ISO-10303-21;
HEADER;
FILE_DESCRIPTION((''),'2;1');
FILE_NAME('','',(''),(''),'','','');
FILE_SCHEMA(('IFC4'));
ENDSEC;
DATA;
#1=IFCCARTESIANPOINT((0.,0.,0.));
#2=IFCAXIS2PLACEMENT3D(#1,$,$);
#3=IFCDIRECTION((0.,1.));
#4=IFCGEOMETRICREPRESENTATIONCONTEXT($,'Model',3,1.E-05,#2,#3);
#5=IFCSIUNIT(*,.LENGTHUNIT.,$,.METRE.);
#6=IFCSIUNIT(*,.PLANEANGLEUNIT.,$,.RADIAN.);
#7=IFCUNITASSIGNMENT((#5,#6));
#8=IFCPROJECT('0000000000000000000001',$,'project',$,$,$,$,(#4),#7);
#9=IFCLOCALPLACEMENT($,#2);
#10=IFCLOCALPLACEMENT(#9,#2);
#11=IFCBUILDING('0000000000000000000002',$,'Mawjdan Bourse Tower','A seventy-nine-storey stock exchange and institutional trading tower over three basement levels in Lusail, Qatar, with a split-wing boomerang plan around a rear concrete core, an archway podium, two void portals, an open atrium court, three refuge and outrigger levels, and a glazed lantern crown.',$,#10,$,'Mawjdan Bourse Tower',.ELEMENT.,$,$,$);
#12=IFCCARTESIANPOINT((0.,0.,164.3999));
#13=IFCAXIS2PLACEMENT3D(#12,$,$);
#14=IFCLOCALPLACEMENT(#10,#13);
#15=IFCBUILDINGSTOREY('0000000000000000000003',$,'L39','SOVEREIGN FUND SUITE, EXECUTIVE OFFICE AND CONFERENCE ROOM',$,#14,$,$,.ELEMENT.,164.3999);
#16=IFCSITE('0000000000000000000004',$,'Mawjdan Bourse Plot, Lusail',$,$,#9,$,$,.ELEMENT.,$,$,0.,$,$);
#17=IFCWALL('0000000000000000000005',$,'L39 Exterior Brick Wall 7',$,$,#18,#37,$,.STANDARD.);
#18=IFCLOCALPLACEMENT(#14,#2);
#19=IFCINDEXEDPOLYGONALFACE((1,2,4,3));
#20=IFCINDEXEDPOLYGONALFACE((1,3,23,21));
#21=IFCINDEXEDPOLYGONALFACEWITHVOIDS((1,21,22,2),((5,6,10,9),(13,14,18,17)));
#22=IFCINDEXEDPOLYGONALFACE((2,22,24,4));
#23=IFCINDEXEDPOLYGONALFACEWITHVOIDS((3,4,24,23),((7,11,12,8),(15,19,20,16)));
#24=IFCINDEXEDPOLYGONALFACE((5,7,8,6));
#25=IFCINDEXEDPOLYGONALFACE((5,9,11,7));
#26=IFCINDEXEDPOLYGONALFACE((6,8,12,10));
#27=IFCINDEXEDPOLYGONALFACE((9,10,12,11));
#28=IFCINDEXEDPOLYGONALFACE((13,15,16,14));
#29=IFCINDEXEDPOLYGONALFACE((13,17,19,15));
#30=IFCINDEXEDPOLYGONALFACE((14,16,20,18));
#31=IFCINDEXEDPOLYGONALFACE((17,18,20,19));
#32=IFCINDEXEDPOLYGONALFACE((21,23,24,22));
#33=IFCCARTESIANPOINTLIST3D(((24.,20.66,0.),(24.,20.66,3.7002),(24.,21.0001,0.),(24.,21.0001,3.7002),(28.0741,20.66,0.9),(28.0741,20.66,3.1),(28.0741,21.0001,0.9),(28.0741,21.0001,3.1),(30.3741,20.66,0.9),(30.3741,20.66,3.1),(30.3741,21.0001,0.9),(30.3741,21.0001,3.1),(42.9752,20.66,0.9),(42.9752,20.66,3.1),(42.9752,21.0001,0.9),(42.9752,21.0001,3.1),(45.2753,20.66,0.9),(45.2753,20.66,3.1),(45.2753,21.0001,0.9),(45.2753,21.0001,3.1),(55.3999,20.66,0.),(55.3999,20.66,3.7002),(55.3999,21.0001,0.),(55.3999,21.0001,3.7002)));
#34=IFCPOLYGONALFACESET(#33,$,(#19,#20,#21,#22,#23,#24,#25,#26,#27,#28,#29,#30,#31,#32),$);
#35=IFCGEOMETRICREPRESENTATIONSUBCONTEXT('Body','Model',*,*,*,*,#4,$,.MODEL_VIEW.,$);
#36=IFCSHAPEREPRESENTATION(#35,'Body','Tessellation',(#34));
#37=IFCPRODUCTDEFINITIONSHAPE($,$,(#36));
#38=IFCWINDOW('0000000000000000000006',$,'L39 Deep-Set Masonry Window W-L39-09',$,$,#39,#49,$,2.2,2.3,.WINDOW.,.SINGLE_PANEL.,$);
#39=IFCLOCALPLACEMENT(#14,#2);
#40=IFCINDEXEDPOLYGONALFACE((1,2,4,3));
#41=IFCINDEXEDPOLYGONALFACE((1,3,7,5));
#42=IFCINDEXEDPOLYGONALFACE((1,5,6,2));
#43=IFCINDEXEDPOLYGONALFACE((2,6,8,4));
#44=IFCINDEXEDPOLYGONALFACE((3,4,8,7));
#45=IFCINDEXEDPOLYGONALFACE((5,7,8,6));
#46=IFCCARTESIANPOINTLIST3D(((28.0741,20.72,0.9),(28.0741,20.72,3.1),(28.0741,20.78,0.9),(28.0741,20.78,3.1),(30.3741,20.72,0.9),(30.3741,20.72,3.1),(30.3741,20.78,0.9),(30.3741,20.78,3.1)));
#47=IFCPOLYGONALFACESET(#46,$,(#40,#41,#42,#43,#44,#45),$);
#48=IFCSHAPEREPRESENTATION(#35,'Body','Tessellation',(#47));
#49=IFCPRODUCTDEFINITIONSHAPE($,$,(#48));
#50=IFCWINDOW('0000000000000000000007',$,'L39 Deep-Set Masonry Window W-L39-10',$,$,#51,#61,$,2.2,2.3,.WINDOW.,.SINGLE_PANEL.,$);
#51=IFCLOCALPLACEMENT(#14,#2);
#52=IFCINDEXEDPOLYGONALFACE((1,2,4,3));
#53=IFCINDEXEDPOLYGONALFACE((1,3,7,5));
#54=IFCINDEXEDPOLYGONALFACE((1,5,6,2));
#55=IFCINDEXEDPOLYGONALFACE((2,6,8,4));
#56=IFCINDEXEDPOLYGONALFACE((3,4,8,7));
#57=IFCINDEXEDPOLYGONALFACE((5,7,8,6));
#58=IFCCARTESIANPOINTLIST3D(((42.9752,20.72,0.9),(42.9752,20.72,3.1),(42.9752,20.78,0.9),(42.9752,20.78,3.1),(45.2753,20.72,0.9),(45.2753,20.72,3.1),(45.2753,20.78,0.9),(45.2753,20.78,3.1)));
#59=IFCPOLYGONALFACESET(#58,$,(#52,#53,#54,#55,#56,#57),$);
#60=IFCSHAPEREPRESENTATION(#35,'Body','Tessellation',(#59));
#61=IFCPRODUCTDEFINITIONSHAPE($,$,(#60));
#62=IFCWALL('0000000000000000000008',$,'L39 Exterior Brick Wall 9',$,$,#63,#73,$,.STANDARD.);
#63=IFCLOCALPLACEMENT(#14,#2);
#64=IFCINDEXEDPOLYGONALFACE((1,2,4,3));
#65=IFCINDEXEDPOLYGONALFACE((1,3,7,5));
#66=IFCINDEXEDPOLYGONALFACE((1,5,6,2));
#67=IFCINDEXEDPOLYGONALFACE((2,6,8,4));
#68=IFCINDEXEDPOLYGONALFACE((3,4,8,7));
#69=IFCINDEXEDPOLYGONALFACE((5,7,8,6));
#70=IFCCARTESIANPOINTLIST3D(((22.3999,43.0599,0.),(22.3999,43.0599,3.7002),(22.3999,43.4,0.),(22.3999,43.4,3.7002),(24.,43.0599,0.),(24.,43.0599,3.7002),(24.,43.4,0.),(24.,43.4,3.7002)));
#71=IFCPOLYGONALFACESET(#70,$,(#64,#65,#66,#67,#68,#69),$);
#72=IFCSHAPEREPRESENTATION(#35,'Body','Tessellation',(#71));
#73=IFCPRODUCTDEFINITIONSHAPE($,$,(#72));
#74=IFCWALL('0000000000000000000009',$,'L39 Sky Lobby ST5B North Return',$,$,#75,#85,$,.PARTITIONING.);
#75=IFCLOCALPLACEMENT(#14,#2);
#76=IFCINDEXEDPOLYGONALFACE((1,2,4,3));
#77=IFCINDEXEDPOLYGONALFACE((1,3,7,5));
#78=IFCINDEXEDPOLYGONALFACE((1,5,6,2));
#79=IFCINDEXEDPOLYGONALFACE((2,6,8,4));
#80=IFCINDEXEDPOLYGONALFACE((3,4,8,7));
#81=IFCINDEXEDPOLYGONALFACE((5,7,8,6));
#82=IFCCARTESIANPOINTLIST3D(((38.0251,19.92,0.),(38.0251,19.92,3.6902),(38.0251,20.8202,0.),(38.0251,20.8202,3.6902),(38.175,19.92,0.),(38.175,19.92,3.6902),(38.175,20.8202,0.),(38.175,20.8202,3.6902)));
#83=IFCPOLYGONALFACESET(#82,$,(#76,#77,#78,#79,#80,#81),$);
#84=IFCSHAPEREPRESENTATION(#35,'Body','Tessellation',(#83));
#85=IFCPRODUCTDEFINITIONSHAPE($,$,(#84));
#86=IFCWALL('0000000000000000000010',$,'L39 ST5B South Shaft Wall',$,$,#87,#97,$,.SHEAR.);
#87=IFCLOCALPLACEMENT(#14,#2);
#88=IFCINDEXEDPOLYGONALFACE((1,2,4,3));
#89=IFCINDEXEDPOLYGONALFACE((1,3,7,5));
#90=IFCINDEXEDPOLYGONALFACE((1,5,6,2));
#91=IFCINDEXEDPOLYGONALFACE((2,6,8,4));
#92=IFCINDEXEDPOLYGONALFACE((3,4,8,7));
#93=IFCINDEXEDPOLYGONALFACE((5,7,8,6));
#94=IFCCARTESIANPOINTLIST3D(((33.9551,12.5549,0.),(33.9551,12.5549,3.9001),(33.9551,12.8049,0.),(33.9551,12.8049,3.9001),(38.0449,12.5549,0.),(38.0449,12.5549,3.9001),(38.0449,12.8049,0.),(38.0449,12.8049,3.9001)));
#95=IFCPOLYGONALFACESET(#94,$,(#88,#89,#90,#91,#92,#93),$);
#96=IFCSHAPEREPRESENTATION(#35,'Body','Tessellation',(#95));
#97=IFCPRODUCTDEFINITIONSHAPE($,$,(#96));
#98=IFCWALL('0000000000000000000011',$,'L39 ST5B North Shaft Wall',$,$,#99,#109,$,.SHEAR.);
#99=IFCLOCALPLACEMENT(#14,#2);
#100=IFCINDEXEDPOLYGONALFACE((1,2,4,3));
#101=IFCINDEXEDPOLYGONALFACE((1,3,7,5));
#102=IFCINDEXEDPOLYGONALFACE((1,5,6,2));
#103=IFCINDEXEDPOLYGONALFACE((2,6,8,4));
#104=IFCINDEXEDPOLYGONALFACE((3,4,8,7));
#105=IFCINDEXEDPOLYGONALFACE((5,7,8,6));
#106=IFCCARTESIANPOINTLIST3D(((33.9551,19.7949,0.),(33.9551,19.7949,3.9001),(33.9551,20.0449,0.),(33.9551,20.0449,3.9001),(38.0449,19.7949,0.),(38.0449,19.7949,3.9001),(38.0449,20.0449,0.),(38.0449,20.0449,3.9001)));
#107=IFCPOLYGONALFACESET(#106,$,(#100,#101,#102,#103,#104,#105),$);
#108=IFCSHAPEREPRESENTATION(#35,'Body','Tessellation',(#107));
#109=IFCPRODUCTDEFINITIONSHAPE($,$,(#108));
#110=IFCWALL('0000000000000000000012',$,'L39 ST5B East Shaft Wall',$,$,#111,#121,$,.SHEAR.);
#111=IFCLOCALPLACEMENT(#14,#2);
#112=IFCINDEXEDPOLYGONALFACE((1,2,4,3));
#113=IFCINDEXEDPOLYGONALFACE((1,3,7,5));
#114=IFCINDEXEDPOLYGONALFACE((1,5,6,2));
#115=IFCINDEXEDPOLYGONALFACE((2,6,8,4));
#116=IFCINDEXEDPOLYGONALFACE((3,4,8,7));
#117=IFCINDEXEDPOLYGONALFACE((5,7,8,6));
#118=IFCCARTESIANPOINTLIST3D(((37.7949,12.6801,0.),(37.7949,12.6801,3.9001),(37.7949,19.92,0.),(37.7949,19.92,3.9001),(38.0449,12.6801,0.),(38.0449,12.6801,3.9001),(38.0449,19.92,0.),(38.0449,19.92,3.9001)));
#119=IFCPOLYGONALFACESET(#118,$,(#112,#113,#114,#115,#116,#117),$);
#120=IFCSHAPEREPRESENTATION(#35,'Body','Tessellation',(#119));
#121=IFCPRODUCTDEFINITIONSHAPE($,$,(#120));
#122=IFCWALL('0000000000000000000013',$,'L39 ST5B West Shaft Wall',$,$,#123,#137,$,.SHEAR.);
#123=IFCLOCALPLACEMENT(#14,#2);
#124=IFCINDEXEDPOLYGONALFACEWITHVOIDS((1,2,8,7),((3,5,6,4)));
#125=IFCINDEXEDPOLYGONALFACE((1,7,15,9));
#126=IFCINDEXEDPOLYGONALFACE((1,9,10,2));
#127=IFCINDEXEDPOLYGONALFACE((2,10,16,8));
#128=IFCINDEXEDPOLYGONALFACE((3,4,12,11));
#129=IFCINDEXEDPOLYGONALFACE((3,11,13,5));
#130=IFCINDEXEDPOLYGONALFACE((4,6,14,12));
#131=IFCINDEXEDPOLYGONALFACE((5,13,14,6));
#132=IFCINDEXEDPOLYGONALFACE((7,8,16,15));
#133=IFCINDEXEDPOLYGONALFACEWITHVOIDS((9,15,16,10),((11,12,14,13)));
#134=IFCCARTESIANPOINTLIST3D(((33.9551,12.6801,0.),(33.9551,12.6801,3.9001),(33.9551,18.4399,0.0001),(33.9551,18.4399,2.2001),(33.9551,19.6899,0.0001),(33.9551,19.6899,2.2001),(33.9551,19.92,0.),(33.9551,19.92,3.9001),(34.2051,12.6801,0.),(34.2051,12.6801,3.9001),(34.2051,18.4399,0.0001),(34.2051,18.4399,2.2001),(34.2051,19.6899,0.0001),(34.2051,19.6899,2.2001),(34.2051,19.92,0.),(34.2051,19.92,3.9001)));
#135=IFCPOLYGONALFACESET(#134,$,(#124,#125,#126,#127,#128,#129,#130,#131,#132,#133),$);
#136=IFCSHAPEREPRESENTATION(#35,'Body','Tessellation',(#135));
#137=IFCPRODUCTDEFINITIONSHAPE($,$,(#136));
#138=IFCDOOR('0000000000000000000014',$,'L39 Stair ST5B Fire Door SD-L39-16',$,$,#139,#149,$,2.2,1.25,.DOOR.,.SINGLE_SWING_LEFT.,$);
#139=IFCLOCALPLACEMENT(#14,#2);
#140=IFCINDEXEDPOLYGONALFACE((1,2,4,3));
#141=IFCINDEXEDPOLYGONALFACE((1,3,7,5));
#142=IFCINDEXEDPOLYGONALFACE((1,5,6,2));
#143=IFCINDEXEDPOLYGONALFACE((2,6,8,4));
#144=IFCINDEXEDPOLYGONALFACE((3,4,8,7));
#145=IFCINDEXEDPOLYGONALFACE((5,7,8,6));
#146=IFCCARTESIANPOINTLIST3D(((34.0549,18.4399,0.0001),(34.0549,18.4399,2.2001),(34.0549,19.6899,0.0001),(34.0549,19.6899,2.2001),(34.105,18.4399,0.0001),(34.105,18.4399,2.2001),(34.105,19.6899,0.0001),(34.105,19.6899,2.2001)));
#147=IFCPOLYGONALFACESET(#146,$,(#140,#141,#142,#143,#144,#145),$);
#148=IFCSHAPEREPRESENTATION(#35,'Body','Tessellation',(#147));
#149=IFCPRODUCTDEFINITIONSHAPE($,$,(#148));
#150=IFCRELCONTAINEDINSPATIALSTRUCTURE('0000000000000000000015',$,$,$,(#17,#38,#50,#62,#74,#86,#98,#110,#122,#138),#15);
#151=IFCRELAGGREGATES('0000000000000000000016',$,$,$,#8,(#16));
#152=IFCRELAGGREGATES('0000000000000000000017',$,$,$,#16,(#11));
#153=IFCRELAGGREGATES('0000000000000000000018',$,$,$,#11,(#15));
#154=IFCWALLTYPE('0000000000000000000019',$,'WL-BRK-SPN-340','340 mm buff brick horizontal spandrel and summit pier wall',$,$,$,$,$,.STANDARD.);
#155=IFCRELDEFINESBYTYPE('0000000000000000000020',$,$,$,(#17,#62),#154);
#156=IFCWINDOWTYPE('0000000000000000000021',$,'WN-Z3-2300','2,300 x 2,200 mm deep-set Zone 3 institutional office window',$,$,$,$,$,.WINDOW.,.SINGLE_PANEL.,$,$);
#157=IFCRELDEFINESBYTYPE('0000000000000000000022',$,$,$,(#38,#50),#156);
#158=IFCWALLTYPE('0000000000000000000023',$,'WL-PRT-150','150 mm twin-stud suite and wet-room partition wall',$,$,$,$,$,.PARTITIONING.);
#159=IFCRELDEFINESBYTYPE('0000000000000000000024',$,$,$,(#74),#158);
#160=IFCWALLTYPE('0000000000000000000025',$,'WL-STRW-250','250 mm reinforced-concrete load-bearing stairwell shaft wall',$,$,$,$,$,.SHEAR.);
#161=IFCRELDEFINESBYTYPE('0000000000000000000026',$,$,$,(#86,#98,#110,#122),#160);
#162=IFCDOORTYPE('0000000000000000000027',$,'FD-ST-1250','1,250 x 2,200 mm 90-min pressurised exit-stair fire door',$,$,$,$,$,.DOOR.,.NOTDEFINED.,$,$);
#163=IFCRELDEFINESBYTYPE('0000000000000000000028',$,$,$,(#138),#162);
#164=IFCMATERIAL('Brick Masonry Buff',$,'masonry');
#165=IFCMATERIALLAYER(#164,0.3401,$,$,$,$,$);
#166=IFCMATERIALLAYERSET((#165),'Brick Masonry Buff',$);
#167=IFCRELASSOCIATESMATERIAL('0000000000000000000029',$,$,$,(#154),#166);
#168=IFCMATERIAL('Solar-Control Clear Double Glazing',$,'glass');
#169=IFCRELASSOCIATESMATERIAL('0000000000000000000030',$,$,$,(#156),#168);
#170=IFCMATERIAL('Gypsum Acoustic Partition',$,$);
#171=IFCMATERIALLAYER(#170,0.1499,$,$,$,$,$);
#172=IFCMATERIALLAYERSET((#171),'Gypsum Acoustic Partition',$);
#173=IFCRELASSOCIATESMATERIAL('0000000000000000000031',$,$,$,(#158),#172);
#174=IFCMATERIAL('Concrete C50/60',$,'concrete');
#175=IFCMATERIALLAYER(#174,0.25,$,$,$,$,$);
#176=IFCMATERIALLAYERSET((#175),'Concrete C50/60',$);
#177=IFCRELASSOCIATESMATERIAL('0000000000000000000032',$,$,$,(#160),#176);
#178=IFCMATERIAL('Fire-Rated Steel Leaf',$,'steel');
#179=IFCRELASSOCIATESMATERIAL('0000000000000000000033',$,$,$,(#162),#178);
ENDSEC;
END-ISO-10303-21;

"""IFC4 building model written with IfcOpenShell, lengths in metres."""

from ifc_helpers import new_model, si_unit, direction, frame, frame_2d, origin, place, context, subcontext, project, spatial, rectangle, extrude, material, layer, layer_set, type_object, element, fill, save


model = new_model("IFC4")

# Units and contexts
model_context = context("Model", 3, precision=1e-05, world=origin(), true_north=direction((0.0, 1.0)))
body_context = subcontext(model_context, "Body", "Model", "MODEL_VIEW")
ifc_project = project(units=[si_unit("LENGTHUNIT", "METRE"), si_unit("PLANEANGLEUNIT", "RADIAN")], contexts=[model_context])

# Site, building, storey
site_placement = place(None, origin())
site = spatial("IfcSite", under=ifc_project, at=site_placement, Name="Mawjdan Bourse Plot, Lusail", CompositionType="ELEMENT", RefElevation=0.0)
building_placement = place(site_placement, origin())
building = spatial("IfcBuilding", under=site, at=building_placement, Name="Mawjdan Bourse Tower", Description="A seventy-nine-storey stock exchange and institutional trading tower over three basement levels in Lusail, Qatar, with a split-wing boomerang plan around a rear concrete core, an archway podium, two void portals, an open atrium court, three refuge and outrigger levels, and a glazed lantern crown.", LongName="Mawjdan Bourse Tower", CompositionType="ELEMENT")
storey_placement = place(building_placement, frame((0.0, 0.0, 164.3999)))
storey = spatial("IfcBuildingStorey", under=building, at=storey_placement, Name="L39", Description="SOVEREIGN FUND SUITE, EXECUTIVE OFFICE AND CONFERENCE ROOM", CompositionType="ELEMENT", Elevation=164.3999)

# Shared definitions
ifc_material_1 = material(Name="Brick Masonry Buff", Category="masonry")
ifc_layer_1 = layer(ifc_material_1, 0.3401)
ifc_layer_set_1 = layer_set([ifc_layer_1], Name="Brick Masonry Buff")
wall_type_1 = type_object("IfcWallType", Name="WL-BRK-SPN-340", Description="340 mm buff brick horizontal spandrel and summit pier wall", PredefinedType="STANDARD", material=ifc_layer_set_1)

# Wall, openings, windows
wall_1_placement = place(storey_placement, frame((55.3999, 20.8301, 0.0), z_axis=(0.0, 0.0, 1.0), x_axis=(-1.0, 0.0, 0.0)))
wall_1 = element("IfcWall", 1, at=wall_1_placement, inside=storey, type_object=wall_type_1, Name="L39 Exterior Brick Wall 7", PredefinedType="STANDARD", context=body_context, shape_type="SweptSolid", body=[
    extrude(rectangle(XDim=31.3999, YDim=0.3401, at=frame_2d((15.7, 0.0))), origin(), (0.0, 0.0, 1.0), 3.7002),
])
opening_1_placement = place(wall_1_placement, frame((25.0259, 0.0, 0.8999)))
opening_1 = element("IfcOpeningElement", 2, at=opening_1_placement, cuts=wall_1, PredefinedType="OPENING", context=body_context, shape_type="SweptSolid", body=[
    extrude(rectangle(XDim=2.3, YDim=2.2, at=frame_2d((1.1499, 1.1001))), frame((0.0, 0.1802, 0.0), z_axis=(0.0, -1.0, 0.0), x_axis=(1.0, 0.0, 0.0)), (0.0, 0.0, 1.0), 0.3601),
])
opening_2_placement = place(wall_1_placement, frame((10.1248, 0.0, 0.8999)))
opening_2 = element("IfcOpeningElement", 3, at=opening_2_placement, cuts=wall_1, PredefinedType="OPENING", context=body_context, shape_type="SweptSolid", body=[
    extrude(rectangle(XDim=2.3, YDim=2.2, at=frame_2d((1.1499, 1.1001))), frame((0.0, 0.1802, 0.0), z_axis=(0.0, -1.0, 0.0), x_axis=(1.0, 0.0, 0.0)), (0.0, 0.0, 1.0), 0.3601),
])
ifc_material_2 = material(Name="Solar-Control Clear Double Glazing", Category="glass")
window_type = type_object("IfcWindowType", Name="WN-Z3-2300", Description="2,300 x 2,200 mm deep-set Zone 3 institutional office window", PartitioningType="SINGLE_PANEL", PredefinedType="WINDOW", material=ifc_material_2)
window_1_placement = place(opening_1_placement, origin())
window_1 = element("IfcWindow", 4, at=window_1_placement, inside=storey, type_object=window_type, Name="L39 Deep-Set Masonry Window W-L39-09", OverallHeight=2.2, OverallWidth=2.3, PartitioningType="SINGLE_PANEL", PredefinedType="WINDOW", context=body_context, shape_type="SweptSolid", body=[
    extrude(rectangle(XDim=2.3, YDim=2.2, at=frame_2d((1.1499, 1.1001))), frame((0.0, 0.1101, 0.0), z_axis=(0.0, -1.0, 0.0), x_axis=(1.0, 0.0, 0.0)), (0.0, 0.0, 1.0), 0.0601),
])
fill(opening_1, window_1)
window_2_placement = place(opening_2_placement, origin())
window_2 = element("IfcWindow", 5, at=window_2_placement, inside=storey, type_object=window_type, Name="L39 Deep-Set Masonry Window W-L39-10", OverallHeight=2.2, OverallWidth=2.3, PartitioningType="SINGLE_PANEL", PredefinedType="WINDOW", context=body_context, shape_type="SweptSolid", body=[
    extrude(rectangle(XDim=2.3, YDim=2.2, at=frame_2d((1.1499, 1.1001))), frame((0.0, 0.1101, 0.0), z_axis=(0.0, -1.0, 0.0), x_axis=(1.0, 0.0, 0.0)), (0.0, 0.0, 1.0), 0.0601),
])
fill(opening_2, window_2)

# Walls
wall_2_placement = place(storey_placement, frame((24.0, 43.23, 0.0), z_axis=(0.0, 0.0, 1.0), x_axis=(-1.0, 0.0, 0.0)))
element("IfcWall", 6, at=wall_2_placement, inside=storey, type_object=wall_type_1, Name="L39 Exterior Brick Wall 9", PredefinedType="STANDARD", context=body_context, shape_type="SweptSolid", body=[
    extrude(rectangle(XDim=1.6001, YDim=0.3401, at=frame_2d((0.8, 0.0))), origin(), (0.0, 0.0, 1.0), 3.7002),
])
ifc_material_3 = material(Name="Gypsum Acoustic Partition")
ifc_layer_2 = layer(ifc_material_3, 0.1499)
ifc_layer_set_2 = layer_set([ifc_layer_2], Name="Gypsum Acoustic Partition")
wall_type_2 = type_object("IfcWallType", Name="WL-PRT-150", Description="150 mm twin-stud suite and wet-room partition wall", PredefinedType="PARTITIONING", material=ifc_layer_set_2)
wall_3_placement = place(storey_placement, frame((38.1001, 19.9199, 0.0), z_axis=(0.0, 0.0, 1.0), x_axis=(0.0, 1.0, 0.0)))
element("IfcWall", 7, at=wall_3_placement, inside=storey, type_object=wall_type_2, Name="L39 Sky Lobby ST5B North Return", PredefinedType="PARTITIONING", context=body_context, shape_type="SweptSolid", body=[
    extrude(rectangle(XDim=0.9001, YDim=0.1499, at=frame_2d((0.4502, 0.0))), origin(), (0.0, 0.0, 1.0), 3.6902),
])
ifc_material_4 = material(Name="Concrete C50/60", Category="concrete")
ifc_layer_3 = layer(ifc_material_4, 0.25)
ifc_layer_set_3 = layer_set([ifc_layer_3], Name="Concrete C50/60")
wall_type_3 = type_object("IfcWallType", Name="WL-STRW-250", Description="250 mm reinforced-concrete load-bearing stairwell shaft wall", PredefinedType="SHEAR", material=ifc_layer_set_3)
for number, where, z_axis, x_axis, name in (
    (8, (33.9551, 12.6799, 0.0), (0.0, 0.0, 1.0), (1.0, 0.0, 0.0), "L39 ST5B South Shaft Wall"),
    (9, (33.9551, 19.9199, 0.0), (0.0, 0.0, 1.0), (1.0, 0.0, 0.0), "L39 ST5B North Shaft Wall"),
):
    element("IfcWall", number, at=place(storey_placement, frame(where, z_axis=z_axis, x_axis=x_axis)), inside=storey, type_object=wall_type_3, Name=name, PredefinedType="SHEAR", context=body_context, shape_type="SweptSolid", body=[
        extrude(rectangle(XDim=4.0898, YDim=0.25, at=frame_2d((2.0449, 0.0))), origin(), (0.0, 0.0, 1.0), 3.9001),
    ])
wall_4_placement = place(storey_placement, frame((37.9199, 12.6799, 0.0), z_axis=(0.0, 0.0, 1.0), x_axis=(0.0, 1.0, 0.0)))
element("IfcWall", 10, at=wall_4_placement, inside=storey, type_object=wall_type_3, Name="L39 ST5B East Shaft Wall", PredefinedType="SHEAR", context=body_context, shape_type="SweptSolid", body=[
    extrude(rectangle(XDim=7.24, YDim=0.25, at=frame_2d((3.6201, 0.0))), origin(), (0.0, 0.0, 1.0), 3.9001),
])

# Wall, opening, door
wall_5_placement = place(storey_placement, frame((34.0801, 12.6799, 0.0), z_axis=(0.0, 0.0, 1.0), x_axis=(0.0, 1.0, 0.0)))
wall_5 = element("IfcWall", 11, at=wall_5_placement, inside=storey, type_object=wall_type_3, Name="L39 ST5B West Shaft Wall", PredefinedType="SHEAR", context=body_context, shape_type="SweptSolid", body=[
    extrude(rectangle(XDim=7.24, YDim=0.25, at=frame_2d((3.6201, 0.0))), origin(), (0.0, 0.0, 1.0), 3.9001),
])
opening_3_placement = place(wall_5_placement, frame((5.76, 0.0, 0.0)))
opening_3 = element("IfcOpeningElement", 12, at=opening_3_placement, cuts=wall_5, PredefinedType="OPENING", context=body_context, shape_type="SweptSolid", body=[
    extrude(rectangle(XDim=1.25, YDim=2.2, at=frame_2d((0.625, 1.1001))), frame((0.0, 0.135, 0.0), z_axis=(0.0, -1.0, 0.0), x_axis=(1.0, 0.0, 0.0)), (0.0, 0.0, 1.0), 0.27),
])
ifc_material_5 = material(Name="Fire-Rated Steel Leaf", Category="steel")
door_type = type_object("IfcDoorType", Name="FD-ST-1250", Description="1,250 x 2,200 mm 90-min pressurised exit-stair fire door", OperationType="NOTDEFINED", PredefinedType="DOOR", material=ifc_material_5)
door_placement = place(opening_3_placement, frame((1.25, 0.0, 0.0), z_axis=(0.0, 0.0, 1.0), x_axis=(-1.0, 0.0, 0.0)))
door = element("IfcDoor", 13, at=door_placement, inside=storey, type_object=door_type, Name="L39 Stair ST5B Fire Door SD-L39-16", OperationType="SINGLE_SWING_LEFT", OverallHeight=2.2, OverallWidth=1.25, PredefinedType="DOOR", context=body_context, shape_type="SweptSolid", body=[
    extrude(rectangle(XDim=1.25, YDim=2.2, at=frame_2d((0.625, 1.1001))), frame((0.0, 0.0249, 0.0), z_axis=(0.0, -1.0, 0.0), x_axis=(1.0, 0.0, 0.0)), (0.0, 0.0, 1.0), 0.05),
])
fill(opening_3, door)

save(model, "model.ifc")
